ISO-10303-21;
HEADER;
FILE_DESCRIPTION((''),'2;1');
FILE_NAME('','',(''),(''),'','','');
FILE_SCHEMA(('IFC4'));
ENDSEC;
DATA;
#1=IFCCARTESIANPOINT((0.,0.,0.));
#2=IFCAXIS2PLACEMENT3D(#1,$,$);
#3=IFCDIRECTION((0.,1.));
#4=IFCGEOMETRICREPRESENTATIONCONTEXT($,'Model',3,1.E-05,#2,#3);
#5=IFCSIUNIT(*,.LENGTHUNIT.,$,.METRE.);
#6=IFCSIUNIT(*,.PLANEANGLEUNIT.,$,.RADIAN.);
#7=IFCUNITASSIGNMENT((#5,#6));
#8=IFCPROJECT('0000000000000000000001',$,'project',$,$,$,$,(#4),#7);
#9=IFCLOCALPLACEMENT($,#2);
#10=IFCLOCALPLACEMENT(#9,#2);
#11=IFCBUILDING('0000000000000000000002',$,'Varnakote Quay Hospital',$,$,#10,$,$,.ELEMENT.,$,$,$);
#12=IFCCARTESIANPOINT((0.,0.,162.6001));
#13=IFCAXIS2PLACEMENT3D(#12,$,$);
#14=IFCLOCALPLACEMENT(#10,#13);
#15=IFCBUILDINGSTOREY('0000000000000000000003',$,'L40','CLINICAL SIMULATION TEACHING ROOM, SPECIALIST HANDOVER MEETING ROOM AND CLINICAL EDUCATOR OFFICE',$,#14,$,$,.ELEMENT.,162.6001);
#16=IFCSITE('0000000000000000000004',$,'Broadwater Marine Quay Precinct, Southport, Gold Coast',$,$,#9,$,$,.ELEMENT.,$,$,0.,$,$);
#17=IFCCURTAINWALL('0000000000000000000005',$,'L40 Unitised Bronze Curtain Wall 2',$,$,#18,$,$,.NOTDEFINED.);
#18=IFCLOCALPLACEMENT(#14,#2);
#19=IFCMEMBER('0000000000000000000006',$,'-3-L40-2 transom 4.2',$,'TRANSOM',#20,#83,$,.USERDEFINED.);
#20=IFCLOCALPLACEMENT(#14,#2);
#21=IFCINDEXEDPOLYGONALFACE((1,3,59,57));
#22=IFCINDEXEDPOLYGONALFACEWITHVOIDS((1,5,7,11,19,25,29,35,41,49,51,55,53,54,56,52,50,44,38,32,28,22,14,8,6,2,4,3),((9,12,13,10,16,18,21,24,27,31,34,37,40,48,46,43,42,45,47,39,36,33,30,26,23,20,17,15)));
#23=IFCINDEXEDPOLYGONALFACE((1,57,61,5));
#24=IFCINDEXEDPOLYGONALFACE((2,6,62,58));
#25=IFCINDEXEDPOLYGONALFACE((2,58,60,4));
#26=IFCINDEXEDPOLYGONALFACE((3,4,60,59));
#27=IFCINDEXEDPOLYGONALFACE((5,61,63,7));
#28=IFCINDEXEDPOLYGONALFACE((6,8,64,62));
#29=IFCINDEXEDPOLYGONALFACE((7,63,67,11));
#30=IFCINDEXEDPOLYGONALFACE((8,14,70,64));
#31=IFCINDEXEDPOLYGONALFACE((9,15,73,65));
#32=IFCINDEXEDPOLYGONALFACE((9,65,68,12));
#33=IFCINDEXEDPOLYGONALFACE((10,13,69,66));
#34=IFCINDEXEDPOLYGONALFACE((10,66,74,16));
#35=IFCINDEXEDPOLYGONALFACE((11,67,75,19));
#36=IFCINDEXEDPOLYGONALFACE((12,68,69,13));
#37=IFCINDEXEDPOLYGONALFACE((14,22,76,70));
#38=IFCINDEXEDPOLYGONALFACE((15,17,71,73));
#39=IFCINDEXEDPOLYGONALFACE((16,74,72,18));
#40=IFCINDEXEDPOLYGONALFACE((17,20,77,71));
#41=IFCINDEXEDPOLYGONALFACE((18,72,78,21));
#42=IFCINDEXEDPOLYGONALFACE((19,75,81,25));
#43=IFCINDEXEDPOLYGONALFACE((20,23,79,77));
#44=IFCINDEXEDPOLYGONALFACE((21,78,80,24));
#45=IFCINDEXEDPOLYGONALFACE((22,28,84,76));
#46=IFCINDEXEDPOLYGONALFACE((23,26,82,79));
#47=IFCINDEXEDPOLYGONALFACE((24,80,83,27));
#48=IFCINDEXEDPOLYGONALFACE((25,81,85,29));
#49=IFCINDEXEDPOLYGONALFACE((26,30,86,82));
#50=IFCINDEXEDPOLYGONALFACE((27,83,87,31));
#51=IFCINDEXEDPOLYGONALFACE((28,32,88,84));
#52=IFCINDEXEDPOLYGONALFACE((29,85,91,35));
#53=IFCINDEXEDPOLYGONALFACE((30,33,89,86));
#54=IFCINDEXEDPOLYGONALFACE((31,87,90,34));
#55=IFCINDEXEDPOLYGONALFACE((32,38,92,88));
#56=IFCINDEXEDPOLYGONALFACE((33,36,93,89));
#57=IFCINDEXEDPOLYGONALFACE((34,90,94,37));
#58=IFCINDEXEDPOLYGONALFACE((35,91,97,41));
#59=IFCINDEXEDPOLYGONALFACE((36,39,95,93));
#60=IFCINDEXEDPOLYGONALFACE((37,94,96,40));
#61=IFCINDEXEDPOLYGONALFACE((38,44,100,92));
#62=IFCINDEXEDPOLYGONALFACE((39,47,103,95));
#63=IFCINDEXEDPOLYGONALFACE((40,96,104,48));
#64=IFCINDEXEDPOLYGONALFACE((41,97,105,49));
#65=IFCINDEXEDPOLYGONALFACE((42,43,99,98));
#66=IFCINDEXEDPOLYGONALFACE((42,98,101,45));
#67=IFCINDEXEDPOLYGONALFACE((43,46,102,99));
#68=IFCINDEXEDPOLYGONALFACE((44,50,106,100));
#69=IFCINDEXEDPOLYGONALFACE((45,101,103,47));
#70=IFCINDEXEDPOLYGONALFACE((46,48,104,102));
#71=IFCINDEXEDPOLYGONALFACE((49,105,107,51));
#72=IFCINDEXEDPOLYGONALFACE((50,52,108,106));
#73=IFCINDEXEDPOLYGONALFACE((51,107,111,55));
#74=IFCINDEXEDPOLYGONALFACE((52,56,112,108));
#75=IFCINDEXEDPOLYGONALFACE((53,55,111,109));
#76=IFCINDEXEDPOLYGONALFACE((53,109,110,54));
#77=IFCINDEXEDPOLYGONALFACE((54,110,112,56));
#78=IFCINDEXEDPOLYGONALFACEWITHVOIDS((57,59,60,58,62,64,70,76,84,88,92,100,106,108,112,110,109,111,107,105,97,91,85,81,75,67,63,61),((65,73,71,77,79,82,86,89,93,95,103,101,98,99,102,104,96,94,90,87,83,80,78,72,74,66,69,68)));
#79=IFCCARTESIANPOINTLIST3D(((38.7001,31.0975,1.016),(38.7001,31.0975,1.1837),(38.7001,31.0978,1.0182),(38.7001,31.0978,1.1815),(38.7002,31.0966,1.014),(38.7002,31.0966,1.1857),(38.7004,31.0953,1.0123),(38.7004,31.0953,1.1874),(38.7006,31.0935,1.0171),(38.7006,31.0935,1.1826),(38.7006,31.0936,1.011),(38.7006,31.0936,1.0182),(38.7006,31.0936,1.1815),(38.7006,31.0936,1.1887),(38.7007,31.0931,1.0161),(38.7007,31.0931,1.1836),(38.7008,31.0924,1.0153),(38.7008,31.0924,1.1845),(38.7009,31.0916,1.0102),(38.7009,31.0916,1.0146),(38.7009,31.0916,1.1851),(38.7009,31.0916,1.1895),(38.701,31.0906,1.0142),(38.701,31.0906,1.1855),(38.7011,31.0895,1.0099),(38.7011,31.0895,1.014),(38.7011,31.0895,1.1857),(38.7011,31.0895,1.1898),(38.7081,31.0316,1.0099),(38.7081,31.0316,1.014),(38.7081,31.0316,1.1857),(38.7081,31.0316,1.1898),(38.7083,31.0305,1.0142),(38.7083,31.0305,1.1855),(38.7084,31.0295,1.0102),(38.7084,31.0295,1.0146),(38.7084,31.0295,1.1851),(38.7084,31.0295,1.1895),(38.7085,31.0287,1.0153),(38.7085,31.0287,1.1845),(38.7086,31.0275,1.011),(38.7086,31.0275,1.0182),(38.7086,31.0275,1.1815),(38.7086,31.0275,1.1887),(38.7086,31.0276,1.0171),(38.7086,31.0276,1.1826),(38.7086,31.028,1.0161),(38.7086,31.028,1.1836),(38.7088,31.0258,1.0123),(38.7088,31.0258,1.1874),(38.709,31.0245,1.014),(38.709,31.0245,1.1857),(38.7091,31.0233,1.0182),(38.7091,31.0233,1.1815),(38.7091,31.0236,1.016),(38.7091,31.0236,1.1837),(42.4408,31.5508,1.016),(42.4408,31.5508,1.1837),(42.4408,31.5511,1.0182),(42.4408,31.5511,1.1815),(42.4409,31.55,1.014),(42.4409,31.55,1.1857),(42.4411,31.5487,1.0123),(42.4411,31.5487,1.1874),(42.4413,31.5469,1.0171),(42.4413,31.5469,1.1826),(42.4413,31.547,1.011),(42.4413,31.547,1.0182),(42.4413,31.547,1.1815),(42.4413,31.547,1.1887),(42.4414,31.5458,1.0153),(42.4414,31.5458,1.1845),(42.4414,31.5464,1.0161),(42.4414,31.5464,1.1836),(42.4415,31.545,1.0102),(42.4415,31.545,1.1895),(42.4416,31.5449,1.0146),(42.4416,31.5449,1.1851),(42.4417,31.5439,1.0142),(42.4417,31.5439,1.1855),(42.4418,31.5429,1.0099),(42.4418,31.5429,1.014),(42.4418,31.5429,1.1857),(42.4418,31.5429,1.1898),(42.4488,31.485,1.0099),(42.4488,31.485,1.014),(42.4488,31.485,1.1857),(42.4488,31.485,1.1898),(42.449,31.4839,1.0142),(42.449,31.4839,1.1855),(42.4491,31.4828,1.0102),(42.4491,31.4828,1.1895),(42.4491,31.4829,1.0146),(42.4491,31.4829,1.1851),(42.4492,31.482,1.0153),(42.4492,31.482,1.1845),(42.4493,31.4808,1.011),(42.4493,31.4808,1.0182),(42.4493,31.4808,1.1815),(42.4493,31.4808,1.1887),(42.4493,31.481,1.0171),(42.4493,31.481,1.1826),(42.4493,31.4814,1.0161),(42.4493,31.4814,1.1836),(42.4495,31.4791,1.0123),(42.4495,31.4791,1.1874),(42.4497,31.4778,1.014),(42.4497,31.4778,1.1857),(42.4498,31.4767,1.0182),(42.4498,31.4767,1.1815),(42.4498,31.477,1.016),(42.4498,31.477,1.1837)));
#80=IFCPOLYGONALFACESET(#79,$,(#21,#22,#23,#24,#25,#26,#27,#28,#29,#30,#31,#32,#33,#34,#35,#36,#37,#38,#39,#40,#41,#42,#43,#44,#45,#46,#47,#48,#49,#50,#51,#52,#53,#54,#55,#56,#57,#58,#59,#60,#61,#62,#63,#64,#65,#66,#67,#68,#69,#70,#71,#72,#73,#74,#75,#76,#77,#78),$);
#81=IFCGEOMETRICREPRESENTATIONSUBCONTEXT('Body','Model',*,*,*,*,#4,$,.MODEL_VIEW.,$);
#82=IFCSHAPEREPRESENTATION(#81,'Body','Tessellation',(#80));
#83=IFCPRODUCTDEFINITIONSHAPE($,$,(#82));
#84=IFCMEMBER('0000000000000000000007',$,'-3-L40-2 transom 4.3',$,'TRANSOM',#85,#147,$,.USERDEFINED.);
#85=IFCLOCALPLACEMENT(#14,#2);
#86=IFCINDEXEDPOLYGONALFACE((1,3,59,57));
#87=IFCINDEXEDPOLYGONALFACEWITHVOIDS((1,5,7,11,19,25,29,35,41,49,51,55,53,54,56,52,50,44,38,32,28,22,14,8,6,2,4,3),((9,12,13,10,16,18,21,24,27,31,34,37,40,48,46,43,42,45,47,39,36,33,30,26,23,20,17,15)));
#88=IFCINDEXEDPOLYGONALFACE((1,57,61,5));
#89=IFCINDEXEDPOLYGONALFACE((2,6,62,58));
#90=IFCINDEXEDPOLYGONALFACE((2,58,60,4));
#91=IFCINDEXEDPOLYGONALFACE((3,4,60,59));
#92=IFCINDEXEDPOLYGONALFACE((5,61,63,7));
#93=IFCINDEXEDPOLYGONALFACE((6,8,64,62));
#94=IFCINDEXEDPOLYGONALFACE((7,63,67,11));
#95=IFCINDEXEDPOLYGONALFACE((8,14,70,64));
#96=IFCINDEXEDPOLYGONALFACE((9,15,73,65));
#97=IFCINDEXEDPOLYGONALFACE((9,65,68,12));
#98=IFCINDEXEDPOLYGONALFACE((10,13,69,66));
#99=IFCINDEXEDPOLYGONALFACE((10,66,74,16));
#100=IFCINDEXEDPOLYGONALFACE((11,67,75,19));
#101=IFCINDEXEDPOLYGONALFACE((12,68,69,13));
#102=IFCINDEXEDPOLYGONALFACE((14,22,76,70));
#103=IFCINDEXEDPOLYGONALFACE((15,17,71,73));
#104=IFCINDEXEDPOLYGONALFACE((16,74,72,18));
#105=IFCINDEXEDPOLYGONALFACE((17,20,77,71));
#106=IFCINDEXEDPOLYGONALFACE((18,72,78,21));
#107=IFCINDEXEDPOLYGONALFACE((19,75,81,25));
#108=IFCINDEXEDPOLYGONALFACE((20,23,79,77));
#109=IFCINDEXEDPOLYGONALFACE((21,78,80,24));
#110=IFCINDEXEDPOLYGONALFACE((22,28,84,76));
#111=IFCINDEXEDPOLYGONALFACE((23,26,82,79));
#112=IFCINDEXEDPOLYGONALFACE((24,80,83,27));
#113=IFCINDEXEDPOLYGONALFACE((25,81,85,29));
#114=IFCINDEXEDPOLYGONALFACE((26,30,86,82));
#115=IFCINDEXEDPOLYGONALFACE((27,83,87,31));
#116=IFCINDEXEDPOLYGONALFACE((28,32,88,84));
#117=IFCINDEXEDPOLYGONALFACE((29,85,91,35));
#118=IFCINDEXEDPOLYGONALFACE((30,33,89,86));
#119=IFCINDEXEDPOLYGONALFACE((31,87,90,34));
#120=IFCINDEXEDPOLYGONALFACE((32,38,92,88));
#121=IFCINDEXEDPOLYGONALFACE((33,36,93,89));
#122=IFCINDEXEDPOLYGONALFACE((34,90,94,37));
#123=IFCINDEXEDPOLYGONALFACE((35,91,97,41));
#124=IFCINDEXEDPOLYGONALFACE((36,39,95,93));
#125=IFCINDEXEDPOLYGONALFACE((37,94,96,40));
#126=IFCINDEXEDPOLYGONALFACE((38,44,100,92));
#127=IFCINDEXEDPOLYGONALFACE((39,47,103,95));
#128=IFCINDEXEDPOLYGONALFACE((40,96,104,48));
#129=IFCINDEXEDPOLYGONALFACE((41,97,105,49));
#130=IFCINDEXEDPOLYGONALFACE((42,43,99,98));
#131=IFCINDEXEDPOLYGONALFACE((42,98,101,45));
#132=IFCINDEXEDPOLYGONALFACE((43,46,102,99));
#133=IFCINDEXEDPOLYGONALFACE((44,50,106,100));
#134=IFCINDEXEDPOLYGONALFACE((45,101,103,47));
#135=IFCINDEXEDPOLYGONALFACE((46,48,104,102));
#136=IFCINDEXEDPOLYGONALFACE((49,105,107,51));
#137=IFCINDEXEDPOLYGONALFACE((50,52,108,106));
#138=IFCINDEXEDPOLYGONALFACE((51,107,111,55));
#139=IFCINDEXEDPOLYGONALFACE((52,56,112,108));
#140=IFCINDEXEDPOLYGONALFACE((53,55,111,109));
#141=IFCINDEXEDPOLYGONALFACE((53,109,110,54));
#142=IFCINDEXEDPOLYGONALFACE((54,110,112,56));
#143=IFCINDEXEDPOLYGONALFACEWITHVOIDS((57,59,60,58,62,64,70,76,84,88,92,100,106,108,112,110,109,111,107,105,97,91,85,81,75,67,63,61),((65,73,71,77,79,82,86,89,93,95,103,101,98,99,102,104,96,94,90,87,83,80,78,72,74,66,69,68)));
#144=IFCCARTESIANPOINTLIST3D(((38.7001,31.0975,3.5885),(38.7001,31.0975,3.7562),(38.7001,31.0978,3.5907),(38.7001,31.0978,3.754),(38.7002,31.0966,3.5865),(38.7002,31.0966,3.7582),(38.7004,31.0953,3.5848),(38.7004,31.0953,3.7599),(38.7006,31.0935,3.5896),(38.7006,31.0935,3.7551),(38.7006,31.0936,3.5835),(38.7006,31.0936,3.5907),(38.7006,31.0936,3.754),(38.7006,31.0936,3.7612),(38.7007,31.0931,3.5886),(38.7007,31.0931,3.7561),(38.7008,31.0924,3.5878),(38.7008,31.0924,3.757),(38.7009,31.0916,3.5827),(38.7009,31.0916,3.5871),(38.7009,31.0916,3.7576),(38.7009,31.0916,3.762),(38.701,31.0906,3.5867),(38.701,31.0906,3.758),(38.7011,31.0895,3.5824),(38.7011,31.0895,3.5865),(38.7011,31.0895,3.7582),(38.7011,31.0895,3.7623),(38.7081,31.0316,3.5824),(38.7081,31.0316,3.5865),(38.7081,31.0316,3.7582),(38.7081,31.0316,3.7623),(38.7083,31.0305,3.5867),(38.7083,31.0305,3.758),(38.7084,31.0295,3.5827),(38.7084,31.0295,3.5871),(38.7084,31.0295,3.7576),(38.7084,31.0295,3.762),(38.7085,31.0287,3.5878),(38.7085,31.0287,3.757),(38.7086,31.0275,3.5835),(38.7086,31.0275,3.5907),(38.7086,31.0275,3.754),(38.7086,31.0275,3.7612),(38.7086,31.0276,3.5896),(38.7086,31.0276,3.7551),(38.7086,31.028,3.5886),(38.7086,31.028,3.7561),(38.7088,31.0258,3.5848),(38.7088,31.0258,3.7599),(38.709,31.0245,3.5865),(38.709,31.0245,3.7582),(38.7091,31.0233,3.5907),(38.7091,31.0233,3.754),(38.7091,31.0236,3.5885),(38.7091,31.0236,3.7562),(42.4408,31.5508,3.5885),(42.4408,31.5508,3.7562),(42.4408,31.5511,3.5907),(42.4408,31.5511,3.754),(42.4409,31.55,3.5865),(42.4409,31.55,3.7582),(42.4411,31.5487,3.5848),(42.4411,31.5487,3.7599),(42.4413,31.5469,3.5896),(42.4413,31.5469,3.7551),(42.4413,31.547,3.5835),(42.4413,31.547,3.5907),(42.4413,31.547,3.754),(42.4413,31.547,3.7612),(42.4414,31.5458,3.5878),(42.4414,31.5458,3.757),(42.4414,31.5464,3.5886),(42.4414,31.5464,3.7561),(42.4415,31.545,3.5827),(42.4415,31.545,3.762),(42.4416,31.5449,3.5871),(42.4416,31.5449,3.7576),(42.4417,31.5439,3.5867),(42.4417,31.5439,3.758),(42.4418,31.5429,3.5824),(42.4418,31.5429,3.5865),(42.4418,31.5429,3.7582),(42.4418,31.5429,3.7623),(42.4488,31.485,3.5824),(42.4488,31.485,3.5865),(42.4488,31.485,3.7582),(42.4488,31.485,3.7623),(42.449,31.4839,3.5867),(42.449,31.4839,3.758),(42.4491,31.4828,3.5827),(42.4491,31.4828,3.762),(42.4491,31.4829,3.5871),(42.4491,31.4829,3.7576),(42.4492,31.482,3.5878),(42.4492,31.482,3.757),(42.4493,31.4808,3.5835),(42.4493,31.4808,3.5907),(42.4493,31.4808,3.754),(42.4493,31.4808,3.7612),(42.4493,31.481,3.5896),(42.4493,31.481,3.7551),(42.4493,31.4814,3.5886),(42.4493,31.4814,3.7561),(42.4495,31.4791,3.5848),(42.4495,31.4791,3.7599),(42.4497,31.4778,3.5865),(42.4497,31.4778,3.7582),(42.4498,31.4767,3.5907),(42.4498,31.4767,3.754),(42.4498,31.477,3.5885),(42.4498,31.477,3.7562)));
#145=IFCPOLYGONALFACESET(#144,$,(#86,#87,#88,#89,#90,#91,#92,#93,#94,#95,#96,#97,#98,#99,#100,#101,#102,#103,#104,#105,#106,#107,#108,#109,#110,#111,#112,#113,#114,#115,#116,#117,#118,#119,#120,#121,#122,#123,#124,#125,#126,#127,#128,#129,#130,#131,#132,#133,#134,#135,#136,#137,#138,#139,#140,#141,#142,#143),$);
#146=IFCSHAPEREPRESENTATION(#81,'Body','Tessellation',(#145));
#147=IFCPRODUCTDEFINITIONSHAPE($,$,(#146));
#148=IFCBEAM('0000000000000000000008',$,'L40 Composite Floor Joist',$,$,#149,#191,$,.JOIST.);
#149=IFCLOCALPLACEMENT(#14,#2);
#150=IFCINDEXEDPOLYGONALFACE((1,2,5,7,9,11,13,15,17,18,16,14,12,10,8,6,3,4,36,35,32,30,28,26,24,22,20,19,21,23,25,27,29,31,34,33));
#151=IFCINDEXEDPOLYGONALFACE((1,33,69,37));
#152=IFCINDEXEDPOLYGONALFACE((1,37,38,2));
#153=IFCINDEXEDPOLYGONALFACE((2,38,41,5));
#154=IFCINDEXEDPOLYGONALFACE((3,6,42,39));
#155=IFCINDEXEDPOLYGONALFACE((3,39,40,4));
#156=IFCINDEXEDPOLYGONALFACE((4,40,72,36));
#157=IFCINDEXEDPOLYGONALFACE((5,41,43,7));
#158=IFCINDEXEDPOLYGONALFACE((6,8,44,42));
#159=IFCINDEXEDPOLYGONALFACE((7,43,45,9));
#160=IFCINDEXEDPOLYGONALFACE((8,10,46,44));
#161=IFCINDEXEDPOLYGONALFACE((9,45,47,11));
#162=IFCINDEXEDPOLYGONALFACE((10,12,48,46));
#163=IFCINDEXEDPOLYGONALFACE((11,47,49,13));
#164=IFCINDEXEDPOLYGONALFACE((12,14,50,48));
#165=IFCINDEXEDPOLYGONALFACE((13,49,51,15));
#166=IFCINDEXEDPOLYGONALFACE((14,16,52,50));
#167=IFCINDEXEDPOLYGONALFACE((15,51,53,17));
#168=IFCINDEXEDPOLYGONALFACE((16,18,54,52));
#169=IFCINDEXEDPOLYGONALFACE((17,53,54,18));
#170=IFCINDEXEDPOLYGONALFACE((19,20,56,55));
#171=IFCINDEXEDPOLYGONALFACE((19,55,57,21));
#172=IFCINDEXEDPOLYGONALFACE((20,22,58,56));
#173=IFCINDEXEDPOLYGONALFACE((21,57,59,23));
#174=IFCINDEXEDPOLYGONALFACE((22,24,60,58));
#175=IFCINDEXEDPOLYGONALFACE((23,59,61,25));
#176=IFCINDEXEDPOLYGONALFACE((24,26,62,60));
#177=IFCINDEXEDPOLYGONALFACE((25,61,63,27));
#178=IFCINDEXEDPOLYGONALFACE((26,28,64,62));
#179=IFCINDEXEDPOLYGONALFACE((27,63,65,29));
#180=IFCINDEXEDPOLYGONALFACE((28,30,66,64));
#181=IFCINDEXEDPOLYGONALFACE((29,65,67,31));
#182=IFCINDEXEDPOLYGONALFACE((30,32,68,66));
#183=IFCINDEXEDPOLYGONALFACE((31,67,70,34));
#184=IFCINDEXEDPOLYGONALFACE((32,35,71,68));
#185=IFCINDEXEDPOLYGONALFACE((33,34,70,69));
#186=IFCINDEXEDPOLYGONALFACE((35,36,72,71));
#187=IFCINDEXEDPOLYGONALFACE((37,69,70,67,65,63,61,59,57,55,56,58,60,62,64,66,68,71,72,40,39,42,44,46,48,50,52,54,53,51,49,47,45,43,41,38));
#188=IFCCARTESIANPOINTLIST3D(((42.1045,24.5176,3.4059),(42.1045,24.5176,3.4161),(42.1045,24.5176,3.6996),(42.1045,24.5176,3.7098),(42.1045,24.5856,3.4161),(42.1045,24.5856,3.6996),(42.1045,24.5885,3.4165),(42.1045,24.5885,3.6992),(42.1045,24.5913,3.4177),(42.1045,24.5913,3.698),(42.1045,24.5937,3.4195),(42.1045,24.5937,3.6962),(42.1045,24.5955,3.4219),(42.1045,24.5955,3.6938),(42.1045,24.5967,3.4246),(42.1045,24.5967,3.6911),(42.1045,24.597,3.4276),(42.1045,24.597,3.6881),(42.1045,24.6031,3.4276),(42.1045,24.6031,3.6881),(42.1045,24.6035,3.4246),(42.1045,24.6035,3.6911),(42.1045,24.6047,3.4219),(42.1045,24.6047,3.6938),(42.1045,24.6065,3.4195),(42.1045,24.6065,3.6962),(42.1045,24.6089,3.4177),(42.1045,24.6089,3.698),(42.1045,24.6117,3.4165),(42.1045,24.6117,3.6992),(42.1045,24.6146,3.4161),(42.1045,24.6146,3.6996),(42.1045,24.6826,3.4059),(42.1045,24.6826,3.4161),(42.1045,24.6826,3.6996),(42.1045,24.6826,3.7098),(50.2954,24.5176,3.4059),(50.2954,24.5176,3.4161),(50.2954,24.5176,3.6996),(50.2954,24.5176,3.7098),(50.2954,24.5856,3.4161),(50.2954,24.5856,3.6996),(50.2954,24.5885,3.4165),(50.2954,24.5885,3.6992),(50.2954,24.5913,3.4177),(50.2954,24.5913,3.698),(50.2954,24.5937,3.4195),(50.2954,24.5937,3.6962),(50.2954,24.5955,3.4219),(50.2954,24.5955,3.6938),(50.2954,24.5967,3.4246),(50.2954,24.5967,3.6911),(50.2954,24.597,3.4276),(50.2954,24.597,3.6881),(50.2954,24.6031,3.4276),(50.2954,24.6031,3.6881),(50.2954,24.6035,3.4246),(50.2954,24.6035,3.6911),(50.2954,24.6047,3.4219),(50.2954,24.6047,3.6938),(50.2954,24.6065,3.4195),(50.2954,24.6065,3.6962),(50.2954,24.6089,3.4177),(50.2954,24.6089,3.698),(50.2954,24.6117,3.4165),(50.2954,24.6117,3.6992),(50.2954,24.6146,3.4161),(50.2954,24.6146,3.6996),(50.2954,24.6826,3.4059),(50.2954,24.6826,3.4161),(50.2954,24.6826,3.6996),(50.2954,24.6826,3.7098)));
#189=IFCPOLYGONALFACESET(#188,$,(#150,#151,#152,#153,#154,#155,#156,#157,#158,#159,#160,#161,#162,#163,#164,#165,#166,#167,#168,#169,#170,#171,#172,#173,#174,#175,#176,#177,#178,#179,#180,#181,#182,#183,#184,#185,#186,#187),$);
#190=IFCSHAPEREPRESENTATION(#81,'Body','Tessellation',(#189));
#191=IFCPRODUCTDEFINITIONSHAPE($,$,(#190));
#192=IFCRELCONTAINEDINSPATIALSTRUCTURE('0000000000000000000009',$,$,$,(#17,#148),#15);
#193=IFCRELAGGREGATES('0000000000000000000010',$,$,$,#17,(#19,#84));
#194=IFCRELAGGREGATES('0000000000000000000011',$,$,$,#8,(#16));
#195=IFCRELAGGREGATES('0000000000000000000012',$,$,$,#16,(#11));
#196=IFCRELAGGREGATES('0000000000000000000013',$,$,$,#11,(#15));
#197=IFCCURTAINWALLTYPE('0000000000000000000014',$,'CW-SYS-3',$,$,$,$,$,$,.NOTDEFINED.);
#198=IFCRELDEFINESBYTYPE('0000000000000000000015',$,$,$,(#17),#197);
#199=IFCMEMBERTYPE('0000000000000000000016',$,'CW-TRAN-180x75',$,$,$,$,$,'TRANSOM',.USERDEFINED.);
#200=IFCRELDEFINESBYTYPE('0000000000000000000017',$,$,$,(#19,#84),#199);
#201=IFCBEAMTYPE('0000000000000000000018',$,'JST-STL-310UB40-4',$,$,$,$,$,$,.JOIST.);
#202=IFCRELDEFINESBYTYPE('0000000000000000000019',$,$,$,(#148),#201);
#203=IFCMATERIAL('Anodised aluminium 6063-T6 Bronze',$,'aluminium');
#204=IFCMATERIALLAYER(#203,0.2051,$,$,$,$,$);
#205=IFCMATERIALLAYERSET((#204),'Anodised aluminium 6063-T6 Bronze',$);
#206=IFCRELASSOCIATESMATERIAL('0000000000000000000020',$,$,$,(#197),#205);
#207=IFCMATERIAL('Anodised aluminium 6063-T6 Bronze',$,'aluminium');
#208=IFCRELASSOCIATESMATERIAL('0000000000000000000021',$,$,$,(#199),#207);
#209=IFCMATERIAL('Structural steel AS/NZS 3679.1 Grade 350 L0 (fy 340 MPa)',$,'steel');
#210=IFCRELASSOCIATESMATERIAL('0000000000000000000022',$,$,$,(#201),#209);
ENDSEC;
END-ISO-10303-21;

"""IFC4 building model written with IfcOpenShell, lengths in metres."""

from ifc_helpers import new_model, si_unit, direction, frame, origin, origin_2d, place, context, subcontext, project, spatial, hollow_rectangle, i_section, extrude, material, layer, layer_set, material_profile, profile_set, type_object, element, aggregate, save


model = new_model("IFC4")

# Units and contexts
model_context = context("Model", 3, precision=1e-05, world=origin(), true_north=direction((0.0, 1.0)))
body_context = subcontext(model_context, "Body", "Model", "MODEL_VIEW")
ifc_project = project(units=[si_unit("LENGTHUNIT", "METRE"), si_unit("PLANEANGLEUNIT", "RADIAN")], contexts=[model_context])

# Site, building, storey
site_placement = place(None, origin())
site = spatial("IfcSite", under=ifc_project, at=site_placement, Name="Broadwater Marine Quay Precinct, Southport, Gold Coast", CompositionType="ELEMENT", RefElevation=0.0)
building_placement = place(site_placement, origin())
building = spatial("IfcBuilding", under=site, at=building_placement, Name="Varnakote Quay Hospital", CompositionType="ELEMENT")
storey_placement = place(building_placement, frame((0.0, 0.0, 162.6001)))
storey = spatial("IfcBuildingStorey", under=building, at=storey_placement, Name="L40", Description="CLINICAL SIMULATION TEACHING ROOM, SPECIALIST HANDOVER MEETING ROOM AND CLINICAL EDUCATOR OFFICE", CompositionType="ELEMENT", Elevation=162.6001)

# Curtain wall, members
ifc_material_1 = material(Name="Anodised aluminium 6063-T6 Bronze", Category="aluminium")
ifc_layer_1 = layer(ifc_material_1, 0.2051)
ifc_layer_set_1 = layer_set([ifc_layer_1], Name="Anodised aluminium 6063-T6 Bronze")
curtain_wall_type = type_object("IfcCurtainWallType", Name="CW-SYS-3", PredefinedType="NOTDEFINED", material=ifc_layer_set_1)
curtain_wall_placement = place(storey_placement, origin())
curtain_wall = element("IfcCurtainWall", 1, at=curtain_wall_placement, inside=storey, type_object=curtain_wall_type, Name="L40 Unitised Bronze Curtain Wall 2", PredefinedType="NOTDEFINED")
ifc_material_2 = material(Name="Anodised aluminium 6063-T6 Bronze", Category="aluminium")
ifc_material_profile_1 = material_profile(ifc_material_2, hollow_rectangle(XDim=0.075, YDim=0.1799, WallThickness=0.0042, InnerFilletRadius=0.0042, OuterFilletRadius=0.0083, at=origin_2d()), Name="CW-TRAN-180x75")
ifc_profile_set_1 = profile_set([ifc_material_profile_1], Name="Anodised aluminium 6063-T6 Bronze")
member_type_1 = type_object("IfcMemberType", Name="CW-TRAN-180x75", ElementType="TRANSOM", PredefinedType="USERDEFINED", material=ifc_profile_set_1)
member_1_placement = place(storey_placement, frame((42.4453, 31.5139, 1.0999), z_axis=(-0.992735, -0.120318, 0.0), x_axis=(0.120318, -0.992735, 0.0)))
member_1 = element("IfcMember", 2, at=member_1_placement, type_object=member_type_1, Name="-3-L40-2 transom 4.2", ObjectType="TRANSOM", PredefinedType="USERDEFINED", context=body_context, shape_type="SweptSolid", body=[
    extrude(hollow_rectangle(XDim=0.075, YDim=0.1799, WallThickness=0.0042, InnerFilletRadius=0.0042, OuterFilletRadius=0.0083, at=origin_2d()), origin(), (0.0, 0.0, 1.0), 3.7681),
])
member_2_placement = place(storey_placement, frame((42.4453, 31.5139, 3.6724), z_axis=(-0.992735, -0.120318, 0.0), x_axis=(0.120318, -0.992735, 0.0)))
member_2 = element("IfcMember", 3, at=member_2_placement, type_object=member_type_1, Name="-3-L40-2 transom 4.3", ObjectType="TRANSOM", PredefinedType="USERDEFINED", context=body_context, shape_type="SweptSolid", body=[
    extrude(hollow_rectangle(XDim=0.075, YDim=0.1799, WallThickness=0.0042, InnerFilletRadius=0.0042, OuterFilletRadius=0.0083, at=origin_2d()), origin(), (0.0, 0.0, 1.0), 3.7681),
])

# Beam
ifc_material_3 = material(Name="Structural steel AS/NZS 3679.1 Grade 350 L0 (fy 340 MPa)", Category="steel")
ifc_material_profile_2 = material_profile(ifc_material_3, i_section(OverallWidth=0.165, OverallDepth=0.304, WebThickness=0.0061, FlangeThickness=0.0103, FilletRadius=0.0115, at=origin_2d()), Name="310UB40.4")
ifc_profile_set_2 = profile_set([ifc_material_profile_2], Name="Structural steel AS/NZS 3679.1 Grade 350 L0 (fy 340 MPa)")
beam_type_1 = type_object("IfcBeamType", Name="JST-STL-310UB40-4", PredefinedType="JOIST", material=ifc_profile_set_2)
beam_1_placement = place(storey_placement, frame((42.1045, 24.6001, 3.5579), z_axis=(1.0, 0.0, 0.0), x_axis=(0.0, 1.0, 0.0)))
element("IfcBeam", 4, at=beam_1_placement, inside=storey, type_object=beam_type_1, Name="L40 Composite Floor Joist", PredefinedType="JOIST", context=body_context, shape_type="SweptSolid", body=[
    extrude(i_section(OverallWidth=0.165, OverallDepth=0.304, WebThickness=0.0061, FlangeThickness=0.0103, FilletRadius=0.0115, at=origin_2d()), origin(), (0.0, 0.0, 1.0), 8.1909),
])

aggregate(curtain_wall, [member_1, member_2])

save(model, "model.ifc")
